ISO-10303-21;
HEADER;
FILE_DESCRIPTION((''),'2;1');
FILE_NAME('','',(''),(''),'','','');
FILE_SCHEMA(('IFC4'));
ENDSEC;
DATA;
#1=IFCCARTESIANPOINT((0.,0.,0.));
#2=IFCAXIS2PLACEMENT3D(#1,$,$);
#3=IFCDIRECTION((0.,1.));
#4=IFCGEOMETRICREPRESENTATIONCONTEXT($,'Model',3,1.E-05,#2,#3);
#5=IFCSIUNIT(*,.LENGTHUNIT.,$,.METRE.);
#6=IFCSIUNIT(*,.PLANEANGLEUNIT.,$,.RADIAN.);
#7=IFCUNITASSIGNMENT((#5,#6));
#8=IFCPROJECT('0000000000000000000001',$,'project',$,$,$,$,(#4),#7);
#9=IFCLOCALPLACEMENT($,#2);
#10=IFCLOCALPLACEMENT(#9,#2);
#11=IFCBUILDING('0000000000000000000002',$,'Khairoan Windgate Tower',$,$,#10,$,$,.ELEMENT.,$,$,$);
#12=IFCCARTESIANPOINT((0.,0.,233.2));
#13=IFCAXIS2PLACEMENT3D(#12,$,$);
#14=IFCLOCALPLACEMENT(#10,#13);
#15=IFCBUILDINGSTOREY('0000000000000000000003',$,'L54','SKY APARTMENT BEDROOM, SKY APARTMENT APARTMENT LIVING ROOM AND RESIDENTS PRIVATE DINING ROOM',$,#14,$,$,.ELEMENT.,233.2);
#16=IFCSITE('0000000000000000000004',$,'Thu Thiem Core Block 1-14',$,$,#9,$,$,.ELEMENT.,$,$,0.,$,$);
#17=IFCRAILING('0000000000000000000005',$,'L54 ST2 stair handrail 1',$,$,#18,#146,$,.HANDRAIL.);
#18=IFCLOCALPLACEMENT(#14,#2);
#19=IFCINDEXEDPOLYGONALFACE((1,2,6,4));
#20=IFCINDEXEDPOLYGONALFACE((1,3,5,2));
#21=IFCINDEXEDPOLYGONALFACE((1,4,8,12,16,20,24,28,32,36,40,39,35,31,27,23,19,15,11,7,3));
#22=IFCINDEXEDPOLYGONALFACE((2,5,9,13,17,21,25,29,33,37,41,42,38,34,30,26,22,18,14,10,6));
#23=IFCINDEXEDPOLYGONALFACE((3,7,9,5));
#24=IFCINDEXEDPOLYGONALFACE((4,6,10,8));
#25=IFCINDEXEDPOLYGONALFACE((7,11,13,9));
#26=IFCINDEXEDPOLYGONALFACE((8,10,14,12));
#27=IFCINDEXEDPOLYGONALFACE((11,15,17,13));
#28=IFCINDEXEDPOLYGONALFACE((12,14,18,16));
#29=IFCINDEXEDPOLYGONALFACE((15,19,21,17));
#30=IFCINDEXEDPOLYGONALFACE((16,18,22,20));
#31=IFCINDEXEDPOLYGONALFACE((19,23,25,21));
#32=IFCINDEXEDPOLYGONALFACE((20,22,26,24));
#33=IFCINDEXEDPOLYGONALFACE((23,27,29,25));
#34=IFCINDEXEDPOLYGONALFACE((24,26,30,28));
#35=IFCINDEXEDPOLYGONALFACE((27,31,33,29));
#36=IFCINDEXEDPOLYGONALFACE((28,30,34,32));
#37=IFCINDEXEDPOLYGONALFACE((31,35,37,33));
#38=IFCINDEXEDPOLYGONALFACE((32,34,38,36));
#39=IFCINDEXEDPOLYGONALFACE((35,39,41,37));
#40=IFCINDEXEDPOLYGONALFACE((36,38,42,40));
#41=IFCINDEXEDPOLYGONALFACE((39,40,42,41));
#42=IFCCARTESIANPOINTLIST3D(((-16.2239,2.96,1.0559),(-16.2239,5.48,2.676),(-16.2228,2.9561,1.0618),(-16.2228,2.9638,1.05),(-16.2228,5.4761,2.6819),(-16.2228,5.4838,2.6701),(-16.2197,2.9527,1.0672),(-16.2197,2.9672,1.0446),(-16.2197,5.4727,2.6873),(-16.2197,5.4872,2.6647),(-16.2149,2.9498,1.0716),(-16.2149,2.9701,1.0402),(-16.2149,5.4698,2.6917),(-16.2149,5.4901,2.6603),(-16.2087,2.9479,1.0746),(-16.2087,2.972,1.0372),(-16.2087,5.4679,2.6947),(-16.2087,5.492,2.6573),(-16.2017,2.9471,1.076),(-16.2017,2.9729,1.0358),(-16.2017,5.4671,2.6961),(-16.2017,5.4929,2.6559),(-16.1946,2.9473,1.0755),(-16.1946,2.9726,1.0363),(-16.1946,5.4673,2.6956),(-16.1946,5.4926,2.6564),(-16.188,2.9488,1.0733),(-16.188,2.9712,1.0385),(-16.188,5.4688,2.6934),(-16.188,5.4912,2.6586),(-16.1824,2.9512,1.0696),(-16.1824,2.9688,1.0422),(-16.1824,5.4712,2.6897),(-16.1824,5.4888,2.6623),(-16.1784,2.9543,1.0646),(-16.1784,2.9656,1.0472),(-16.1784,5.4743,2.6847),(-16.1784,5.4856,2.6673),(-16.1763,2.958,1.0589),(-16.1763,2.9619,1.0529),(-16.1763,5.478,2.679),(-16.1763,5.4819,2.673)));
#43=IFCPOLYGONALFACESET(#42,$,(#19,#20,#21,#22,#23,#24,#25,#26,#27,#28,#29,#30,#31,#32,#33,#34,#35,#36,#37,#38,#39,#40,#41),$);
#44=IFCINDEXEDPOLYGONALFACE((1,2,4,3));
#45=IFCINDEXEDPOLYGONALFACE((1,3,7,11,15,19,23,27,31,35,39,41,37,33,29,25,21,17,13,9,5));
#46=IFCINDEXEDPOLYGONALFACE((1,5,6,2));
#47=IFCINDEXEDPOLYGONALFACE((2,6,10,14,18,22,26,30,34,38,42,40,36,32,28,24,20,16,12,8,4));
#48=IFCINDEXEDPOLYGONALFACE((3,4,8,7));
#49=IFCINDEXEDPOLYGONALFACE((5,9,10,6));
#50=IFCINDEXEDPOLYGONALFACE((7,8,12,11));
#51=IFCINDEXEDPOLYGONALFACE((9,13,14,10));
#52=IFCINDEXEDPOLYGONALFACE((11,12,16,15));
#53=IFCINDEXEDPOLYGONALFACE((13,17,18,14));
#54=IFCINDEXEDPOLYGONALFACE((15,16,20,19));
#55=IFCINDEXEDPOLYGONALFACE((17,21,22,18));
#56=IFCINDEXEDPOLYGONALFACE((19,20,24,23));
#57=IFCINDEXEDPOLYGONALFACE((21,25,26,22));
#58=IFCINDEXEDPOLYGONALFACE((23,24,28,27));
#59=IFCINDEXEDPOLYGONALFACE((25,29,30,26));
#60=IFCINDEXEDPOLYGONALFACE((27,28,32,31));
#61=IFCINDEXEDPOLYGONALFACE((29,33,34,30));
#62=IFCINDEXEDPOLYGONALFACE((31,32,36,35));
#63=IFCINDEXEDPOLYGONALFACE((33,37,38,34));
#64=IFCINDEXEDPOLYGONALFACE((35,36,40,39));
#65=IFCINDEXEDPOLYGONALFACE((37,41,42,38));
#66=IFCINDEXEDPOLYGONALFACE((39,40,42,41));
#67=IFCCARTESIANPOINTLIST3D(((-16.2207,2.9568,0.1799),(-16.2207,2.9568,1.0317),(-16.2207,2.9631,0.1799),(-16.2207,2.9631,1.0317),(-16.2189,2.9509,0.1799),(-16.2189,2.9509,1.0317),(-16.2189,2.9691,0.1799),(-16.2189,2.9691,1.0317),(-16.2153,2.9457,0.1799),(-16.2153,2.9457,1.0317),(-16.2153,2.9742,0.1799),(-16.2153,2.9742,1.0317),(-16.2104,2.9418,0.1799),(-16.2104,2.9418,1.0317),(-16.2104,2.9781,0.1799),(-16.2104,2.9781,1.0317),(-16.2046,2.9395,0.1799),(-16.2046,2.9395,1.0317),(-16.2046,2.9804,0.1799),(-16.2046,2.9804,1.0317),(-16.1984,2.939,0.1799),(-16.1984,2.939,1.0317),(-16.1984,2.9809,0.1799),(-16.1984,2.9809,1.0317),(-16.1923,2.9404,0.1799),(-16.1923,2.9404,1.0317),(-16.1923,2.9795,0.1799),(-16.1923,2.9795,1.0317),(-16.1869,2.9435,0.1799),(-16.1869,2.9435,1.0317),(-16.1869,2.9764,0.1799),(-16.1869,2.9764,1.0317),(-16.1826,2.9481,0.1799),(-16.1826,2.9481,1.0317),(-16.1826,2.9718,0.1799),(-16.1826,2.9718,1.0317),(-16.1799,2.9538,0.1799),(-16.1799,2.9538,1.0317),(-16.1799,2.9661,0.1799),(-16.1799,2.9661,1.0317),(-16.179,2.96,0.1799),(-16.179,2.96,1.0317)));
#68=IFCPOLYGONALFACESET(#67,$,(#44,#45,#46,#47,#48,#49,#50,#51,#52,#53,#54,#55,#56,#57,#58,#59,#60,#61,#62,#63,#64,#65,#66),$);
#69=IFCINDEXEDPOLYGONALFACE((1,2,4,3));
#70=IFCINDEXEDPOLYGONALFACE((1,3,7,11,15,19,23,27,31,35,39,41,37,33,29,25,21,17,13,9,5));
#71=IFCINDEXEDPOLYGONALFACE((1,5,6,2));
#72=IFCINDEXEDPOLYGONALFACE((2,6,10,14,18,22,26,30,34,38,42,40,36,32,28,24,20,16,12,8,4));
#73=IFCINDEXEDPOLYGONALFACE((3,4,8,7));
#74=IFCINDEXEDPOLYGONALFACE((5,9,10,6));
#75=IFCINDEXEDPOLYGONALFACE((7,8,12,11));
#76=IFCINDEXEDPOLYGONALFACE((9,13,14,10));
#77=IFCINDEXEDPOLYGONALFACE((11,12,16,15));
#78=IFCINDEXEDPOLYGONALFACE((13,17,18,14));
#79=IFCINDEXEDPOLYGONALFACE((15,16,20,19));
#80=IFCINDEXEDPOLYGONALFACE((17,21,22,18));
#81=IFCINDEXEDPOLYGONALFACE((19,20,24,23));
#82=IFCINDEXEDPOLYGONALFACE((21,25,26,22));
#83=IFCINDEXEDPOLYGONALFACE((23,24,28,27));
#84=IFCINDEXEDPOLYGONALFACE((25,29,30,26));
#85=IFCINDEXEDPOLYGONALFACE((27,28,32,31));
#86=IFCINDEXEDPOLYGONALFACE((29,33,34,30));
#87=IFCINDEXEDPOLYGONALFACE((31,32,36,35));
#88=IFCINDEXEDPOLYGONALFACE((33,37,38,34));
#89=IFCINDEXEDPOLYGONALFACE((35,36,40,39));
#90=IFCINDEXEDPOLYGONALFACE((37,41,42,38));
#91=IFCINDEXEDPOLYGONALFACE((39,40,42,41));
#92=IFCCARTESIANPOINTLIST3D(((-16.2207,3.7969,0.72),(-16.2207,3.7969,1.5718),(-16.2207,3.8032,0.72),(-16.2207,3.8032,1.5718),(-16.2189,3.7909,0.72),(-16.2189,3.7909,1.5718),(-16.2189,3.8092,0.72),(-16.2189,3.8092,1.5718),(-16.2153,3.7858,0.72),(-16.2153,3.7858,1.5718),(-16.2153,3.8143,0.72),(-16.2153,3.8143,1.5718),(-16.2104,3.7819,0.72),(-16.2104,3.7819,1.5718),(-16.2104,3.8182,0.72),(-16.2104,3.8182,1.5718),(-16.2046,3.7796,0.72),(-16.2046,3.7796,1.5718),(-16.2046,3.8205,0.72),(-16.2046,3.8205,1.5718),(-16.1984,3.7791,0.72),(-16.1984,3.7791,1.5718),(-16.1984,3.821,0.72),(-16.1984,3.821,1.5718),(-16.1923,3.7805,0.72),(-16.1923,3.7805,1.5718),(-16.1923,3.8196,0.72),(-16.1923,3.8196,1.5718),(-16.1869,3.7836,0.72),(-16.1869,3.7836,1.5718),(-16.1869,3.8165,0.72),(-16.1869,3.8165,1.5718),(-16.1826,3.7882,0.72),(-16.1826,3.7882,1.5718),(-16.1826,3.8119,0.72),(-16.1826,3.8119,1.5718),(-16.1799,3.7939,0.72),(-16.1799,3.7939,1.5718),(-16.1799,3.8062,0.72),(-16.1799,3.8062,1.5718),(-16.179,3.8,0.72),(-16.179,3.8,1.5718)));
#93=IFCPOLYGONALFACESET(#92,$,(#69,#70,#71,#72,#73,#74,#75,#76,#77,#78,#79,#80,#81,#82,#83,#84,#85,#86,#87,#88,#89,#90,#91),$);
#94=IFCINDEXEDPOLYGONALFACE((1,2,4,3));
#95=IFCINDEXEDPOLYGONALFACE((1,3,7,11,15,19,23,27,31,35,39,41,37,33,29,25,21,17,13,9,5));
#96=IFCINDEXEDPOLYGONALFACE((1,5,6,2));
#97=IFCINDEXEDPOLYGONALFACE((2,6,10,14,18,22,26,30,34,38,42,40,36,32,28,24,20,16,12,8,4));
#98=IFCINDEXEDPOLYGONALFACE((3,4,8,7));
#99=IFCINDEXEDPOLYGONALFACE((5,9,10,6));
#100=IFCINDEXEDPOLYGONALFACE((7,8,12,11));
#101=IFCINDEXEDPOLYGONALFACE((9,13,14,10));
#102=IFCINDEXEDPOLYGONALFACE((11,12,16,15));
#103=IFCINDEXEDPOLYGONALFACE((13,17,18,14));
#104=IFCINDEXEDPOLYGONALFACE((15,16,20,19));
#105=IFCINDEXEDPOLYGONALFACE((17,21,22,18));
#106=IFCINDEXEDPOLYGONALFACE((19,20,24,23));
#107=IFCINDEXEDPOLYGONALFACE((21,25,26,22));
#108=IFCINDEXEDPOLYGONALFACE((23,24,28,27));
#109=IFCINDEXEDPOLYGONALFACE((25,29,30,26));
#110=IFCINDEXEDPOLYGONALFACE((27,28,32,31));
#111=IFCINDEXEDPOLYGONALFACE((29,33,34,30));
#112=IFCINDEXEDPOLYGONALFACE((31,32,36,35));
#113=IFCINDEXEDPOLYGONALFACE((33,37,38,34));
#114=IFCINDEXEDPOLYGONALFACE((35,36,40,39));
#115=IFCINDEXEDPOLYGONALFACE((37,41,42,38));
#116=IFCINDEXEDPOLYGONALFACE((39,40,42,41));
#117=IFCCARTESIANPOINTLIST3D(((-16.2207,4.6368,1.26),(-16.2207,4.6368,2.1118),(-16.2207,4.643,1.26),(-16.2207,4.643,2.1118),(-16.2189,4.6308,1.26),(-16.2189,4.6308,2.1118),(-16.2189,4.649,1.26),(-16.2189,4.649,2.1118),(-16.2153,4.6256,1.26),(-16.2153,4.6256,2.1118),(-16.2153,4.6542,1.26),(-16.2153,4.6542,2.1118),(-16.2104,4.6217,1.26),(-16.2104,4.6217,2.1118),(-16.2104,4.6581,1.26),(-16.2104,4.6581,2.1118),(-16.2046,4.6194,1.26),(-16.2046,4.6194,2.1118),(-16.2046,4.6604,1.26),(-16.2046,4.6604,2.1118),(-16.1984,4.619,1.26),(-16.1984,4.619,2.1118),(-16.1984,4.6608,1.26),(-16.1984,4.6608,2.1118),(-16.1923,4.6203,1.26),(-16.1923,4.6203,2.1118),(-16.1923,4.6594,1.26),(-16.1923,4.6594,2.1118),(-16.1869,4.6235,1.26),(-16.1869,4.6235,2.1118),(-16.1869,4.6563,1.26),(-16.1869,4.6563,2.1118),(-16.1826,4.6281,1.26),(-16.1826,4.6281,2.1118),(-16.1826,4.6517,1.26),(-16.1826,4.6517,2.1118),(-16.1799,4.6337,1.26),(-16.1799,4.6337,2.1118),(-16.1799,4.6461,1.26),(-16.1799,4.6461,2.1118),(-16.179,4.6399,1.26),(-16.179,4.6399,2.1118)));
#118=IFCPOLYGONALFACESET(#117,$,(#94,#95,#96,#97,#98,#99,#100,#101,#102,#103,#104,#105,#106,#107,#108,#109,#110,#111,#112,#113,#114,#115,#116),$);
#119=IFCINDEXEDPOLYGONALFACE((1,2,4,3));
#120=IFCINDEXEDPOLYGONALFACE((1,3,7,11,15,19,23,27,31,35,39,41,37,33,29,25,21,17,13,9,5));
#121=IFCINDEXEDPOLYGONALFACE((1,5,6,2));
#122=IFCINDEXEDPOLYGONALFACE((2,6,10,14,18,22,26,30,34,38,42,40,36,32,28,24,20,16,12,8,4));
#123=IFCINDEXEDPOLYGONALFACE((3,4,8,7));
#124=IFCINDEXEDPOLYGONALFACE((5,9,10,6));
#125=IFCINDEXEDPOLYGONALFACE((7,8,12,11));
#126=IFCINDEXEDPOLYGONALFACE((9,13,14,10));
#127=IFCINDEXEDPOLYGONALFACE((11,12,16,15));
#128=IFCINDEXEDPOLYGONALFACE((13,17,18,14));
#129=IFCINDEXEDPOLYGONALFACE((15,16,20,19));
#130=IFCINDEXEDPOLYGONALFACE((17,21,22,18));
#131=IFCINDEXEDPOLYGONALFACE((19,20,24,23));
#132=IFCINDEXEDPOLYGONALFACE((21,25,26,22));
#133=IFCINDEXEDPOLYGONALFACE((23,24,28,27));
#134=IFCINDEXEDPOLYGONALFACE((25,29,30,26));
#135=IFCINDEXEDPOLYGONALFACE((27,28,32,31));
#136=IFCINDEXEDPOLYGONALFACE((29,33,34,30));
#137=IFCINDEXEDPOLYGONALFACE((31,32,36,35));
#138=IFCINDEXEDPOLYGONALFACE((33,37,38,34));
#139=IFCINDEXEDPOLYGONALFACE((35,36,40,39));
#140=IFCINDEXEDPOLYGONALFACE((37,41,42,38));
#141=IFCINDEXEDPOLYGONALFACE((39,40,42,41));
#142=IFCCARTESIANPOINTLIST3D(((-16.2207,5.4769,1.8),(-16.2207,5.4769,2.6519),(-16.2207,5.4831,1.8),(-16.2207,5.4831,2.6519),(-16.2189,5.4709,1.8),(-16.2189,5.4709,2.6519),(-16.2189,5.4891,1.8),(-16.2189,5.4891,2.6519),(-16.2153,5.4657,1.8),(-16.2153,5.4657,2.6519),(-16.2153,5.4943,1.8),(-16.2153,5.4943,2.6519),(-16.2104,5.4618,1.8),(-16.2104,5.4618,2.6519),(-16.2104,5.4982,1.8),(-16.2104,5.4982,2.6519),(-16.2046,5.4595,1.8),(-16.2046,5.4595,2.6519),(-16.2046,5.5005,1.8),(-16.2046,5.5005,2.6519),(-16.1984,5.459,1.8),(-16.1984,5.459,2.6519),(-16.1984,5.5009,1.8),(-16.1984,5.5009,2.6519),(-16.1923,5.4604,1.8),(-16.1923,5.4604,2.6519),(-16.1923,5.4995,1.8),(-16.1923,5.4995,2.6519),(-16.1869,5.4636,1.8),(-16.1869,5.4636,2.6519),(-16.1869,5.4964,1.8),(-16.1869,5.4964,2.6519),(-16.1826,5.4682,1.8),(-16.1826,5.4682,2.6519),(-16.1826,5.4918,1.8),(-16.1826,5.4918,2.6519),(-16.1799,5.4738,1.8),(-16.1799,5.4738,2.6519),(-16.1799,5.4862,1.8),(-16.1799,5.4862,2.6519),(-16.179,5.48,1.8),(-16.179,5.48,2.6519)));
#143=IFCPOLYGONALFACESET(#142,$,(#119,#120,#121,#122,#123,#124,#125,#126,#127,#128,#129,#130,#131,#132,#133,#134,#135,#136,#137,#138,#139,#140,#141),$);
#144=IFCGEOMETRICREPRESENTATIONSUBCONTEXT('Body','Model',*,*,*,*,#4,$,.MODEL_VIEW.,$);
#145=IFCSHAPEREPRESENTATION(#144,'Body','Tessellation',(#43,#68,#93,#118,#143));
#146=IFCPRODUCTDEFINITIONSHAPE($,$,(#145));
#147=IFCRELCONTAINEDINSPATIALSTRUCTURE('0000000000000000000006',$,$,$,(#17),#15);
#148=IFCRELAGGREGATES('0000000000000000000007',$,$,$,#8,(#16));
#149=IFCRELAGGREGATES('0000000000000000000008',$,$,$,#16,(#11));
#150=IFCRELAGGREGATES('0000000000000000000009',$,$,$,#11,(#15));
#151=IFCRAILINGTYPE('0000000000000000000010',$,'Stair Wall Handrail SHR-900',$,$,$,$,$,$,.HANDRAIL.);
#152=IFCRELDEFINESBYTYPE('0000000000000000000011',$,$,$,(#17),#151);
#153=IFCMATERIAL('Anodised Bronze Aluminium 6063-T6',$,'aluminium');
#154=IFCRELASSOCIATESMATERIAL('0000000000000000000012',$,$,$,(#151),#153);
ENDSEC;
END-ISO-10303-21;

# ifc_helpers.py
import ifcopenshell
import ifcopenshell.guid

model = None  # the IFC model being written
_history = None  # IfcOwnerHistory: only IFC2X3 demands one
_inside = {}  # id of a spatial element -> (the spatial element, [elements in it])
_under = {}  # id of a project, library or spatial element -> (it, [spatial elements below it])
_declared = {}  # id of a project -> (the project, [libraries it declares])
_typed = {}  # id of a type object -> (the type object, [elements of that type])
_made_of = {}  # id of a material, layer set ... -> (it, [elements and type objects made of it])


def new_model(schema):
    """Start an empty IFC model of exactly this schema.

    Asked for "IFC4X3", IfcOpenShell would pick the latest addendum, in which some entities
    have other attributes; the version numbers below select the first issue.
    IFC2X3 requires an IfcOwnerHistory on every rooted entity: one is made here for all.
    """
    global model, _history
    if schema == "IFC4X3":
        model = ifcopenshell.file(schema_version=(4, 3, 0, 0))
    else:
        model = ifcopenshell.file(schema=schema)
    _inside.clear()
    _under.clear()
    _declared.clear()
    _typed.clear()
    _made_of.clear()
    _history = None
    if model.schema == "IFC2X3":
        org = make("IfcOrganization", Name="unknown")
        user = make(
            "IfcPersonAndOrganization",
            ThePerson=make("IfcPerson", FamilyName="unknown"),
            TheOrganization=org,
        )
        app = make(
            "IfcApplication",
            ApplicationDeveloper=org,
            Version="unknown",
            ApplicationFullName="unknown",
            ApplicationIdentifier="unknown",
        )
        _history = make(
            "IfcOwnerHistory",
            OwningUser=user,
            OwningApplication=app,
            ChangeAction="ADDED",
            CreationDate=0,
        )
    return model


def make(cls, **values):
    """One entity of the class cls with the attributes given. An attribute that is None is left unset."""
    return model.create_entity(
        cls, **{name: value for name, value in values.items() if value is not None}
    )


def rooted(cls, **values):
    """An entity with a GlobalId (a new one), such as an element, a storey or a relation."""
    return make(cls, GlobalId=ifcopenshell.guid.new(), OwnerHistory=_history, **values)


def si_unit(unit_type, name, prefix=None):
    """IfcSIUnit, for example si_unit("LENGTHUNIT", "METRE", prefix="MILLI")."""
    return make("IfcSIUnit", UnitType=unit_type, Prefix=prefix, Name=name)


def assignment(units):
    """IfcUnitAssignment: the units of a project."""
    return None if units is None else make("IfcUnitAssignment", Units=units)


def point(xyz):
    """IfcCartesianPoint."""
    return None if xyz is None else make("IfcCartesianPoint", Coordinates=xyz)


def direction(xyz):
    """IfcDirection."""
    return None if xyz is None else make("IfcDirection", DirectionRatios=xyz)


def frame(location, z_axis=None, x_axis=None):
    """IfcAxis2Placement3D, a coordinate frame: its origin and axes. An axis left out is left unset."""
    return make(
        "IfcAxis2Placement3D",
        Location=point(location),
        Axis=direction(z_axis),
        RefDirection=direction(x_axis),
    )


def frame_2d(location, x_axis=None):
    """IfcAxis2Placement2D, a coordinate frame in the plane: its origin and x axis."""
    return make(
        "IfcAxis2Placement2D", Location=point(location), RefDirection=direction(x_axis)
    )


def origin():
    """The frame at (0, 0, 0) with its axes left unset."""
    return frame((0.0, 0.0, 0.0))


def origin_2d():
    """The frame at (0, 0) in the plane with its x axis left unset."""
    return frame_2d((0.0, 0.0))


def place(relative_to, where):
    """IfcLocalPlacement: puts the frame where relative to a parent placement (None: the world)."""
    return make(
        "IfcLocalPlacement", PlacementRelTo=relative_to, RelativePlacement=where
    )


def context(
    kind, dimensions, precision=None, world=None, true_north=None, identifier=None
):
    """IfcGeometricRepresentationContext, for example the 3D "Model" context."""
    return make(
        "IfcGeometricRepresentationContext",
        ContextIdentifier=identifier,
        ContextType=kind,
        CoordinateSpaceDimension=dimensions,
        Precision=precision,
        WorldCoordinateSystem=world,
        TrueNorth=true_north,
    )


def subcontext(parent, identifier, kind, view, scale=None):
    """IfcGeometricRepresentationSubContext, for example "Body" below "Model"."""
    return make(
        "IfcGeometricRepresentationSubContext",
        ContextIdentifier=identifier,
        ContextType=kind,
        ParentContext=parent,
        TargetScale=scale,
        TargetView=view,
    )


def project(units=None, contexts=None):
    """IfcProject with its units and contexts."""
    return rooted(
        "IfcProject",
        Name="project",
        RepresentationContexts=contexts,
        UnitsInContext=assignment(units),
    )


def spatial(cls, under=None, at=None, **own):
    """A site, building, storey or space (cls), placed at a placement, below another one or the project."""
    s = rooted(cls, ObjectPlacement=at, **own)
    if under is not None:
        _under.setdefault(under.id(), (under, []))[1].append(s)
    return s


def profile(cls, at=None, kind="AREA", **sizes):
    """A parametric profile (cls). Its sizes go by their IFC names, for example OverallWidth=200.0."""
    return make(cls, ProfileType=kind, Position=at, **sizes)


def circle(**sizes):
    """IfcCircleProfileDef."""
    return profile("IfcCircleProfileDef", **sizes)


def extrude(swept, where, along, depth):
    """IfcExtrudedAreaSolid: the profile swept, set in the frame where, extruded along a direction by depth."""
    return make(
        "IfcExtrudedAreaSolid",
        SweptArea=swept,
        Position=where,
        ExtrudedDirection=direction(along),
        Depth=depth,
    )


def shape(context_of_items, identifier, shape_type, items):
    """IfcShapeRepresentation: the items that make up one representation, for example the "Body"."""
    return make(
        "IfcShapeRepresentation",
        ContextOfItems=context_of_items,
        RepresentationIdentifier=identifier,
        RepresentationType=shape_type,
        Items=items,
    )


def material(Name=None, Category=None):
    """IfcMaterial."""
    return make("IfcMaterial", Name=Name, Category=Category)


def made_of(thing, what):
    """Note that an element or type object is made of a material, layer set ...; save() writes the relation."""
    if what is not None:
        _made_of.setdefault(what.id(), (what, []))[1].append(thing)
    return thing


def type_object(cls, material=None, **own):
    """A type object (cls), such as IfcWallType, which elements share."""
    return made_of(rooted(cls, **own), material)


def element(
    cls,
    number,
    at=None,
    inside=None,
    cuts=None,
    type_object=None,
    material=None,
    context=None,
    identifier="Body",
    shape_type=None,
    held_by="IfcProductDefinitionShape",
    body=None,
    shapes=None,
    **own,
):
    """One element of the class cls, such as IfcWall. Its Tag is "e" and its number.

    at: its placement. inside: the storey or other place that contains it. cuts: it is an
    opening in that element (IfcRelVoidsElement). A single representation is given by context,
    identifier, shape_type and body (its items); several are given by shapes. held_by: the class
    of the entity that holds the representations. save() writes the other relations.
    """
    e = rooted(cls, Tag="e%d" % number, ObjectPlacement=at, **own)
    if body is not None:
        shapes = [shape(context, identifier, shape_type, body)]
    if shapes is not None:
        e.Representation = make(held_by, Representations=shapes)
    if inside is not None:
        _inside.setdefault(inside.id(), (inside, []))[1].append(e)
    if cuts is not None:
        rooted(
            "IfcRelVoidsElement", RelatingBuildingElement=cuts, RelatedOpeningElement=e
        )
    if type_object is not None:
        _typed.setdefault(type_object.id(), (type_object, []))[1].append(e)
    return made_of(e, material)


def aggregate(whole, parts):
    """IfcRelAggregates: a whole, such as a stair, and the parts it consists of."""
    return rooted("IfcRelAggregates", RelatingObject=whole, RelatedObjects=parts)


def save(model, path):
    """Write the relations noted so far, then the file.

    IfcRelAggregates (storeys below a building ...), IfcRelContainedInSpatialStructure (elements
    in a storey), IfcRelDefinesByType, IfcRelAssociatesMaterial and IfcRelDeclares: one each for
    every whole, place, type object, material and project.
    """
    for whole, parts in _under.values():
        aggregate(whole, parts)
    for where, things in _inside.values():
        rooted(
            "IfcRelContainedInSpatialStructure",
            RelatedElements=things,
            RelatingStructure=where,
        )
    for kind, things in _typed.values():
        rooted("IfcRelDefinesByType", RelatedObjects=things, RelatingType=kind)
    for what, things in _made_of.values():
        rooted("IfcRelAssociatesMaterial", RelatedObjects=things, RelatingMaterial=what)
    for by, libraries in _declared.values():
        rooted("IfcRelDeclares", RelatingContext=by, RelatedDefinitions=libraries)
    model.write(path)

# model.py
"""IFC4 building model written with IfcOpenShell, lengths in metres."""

from ifc_helpers import new_model, si_unit, direction, frame, origin, origin_2d, place, context, subcontext, project, spatial, circle, extrude, material, type_object, element, save


model = new_model("IFC4")

# Units and contexts
model_context = context("Model", 3, precision=1e-05, world=origin(), true_north=direction((0.0, 1.0)))
body_context = subcontext(model_context, "Body", "Model", "MODEL_VIEW")
ifc_project = project(units=[si_unit("LENGTHUNIT", "METRE"), si_unit("PLANEANGLEUNIT", "RADIAN")], contexts=[model_context])

# Site, building, storey
site_placement = place(None, origin())
site = spatial("IfcSite", under=ifc_project, at=site_placement, Name="Thu Thiem Core Block 1-14", CompositionType="ELEMENT", RefElevation=0.0)
building_placement = place(site_placement, origin())
building = spatial("IfcBuilding", under=site, at=building_placement, Name="Khairoan Windgate Tower", CompositionType="ELEMENT")
storey_placement = place(building_placement, frame((0.0, 0.0, 233.2)))
storey = spatial("IfcBuildingStorey", under=building, at=storey_placement, Name="L54", Description="SKY APARTMENT BEDROOM, SKY APARTMENT APARTMENT LIVING ROOM AND RESIDENTS PRIVATE DINING ROOM", CompositionType="ELEMENT", Elevation=233.2)

# Railing
ifc_material_1 = material(Name="Anodised Bronze Aluminium 6063-T6", Category="aluminium")
railing_type_1 = type_object("IfcRailingType", Name="Stair Wall Handrail SHR-900", PredefinedType="HANDRAIL", material=ifc_material_1)
railing_1_placement = place(storey_placement, frame((-16.2, 2.96, 0.1799)))
element("IfcRailing", 1, at=railing_1_placement, inside=storey, type_object=railing_type_1, Name="L54 ST2 stair handrail 1", PredefinedType="HANDRAIL", context=body_context, shape_type="SweptSolid", body=[
    extrude(circle(Radius=0.0239, at=origin_2d()), frame((0.0, 0.0, 0.876), z_axis=(0.0, 0.841163, 0.540782), x_axis=(-1.0, 0.0, 0.0)), (0.0, 0.0, 1.0), 2.9958),
    extrude(circle(Radius=0.021, at=origin_2d()), origin(), (0.0, 0.0, 1.0), 0.8518),
    extrude(circle(Radius=0.021, at=origin_2d()), frame((0.0, 0.8401, 0.54)), (0.0, 0.0, 1.0), 0.8518),
    extrude(circle(Radius=0.021, at=origin_2d()), frame((0.0, 1.6799, 1.0801)), (0.0, 0.0, 1.0), 0.8518),
    extrude(circle(Radius=0.021, at=origin_2d()), frame((0.0, 2.52, 1.6201)), (0.0, 0.0, 1.0), 0.8518),
])

save(model, "model.ifc")
